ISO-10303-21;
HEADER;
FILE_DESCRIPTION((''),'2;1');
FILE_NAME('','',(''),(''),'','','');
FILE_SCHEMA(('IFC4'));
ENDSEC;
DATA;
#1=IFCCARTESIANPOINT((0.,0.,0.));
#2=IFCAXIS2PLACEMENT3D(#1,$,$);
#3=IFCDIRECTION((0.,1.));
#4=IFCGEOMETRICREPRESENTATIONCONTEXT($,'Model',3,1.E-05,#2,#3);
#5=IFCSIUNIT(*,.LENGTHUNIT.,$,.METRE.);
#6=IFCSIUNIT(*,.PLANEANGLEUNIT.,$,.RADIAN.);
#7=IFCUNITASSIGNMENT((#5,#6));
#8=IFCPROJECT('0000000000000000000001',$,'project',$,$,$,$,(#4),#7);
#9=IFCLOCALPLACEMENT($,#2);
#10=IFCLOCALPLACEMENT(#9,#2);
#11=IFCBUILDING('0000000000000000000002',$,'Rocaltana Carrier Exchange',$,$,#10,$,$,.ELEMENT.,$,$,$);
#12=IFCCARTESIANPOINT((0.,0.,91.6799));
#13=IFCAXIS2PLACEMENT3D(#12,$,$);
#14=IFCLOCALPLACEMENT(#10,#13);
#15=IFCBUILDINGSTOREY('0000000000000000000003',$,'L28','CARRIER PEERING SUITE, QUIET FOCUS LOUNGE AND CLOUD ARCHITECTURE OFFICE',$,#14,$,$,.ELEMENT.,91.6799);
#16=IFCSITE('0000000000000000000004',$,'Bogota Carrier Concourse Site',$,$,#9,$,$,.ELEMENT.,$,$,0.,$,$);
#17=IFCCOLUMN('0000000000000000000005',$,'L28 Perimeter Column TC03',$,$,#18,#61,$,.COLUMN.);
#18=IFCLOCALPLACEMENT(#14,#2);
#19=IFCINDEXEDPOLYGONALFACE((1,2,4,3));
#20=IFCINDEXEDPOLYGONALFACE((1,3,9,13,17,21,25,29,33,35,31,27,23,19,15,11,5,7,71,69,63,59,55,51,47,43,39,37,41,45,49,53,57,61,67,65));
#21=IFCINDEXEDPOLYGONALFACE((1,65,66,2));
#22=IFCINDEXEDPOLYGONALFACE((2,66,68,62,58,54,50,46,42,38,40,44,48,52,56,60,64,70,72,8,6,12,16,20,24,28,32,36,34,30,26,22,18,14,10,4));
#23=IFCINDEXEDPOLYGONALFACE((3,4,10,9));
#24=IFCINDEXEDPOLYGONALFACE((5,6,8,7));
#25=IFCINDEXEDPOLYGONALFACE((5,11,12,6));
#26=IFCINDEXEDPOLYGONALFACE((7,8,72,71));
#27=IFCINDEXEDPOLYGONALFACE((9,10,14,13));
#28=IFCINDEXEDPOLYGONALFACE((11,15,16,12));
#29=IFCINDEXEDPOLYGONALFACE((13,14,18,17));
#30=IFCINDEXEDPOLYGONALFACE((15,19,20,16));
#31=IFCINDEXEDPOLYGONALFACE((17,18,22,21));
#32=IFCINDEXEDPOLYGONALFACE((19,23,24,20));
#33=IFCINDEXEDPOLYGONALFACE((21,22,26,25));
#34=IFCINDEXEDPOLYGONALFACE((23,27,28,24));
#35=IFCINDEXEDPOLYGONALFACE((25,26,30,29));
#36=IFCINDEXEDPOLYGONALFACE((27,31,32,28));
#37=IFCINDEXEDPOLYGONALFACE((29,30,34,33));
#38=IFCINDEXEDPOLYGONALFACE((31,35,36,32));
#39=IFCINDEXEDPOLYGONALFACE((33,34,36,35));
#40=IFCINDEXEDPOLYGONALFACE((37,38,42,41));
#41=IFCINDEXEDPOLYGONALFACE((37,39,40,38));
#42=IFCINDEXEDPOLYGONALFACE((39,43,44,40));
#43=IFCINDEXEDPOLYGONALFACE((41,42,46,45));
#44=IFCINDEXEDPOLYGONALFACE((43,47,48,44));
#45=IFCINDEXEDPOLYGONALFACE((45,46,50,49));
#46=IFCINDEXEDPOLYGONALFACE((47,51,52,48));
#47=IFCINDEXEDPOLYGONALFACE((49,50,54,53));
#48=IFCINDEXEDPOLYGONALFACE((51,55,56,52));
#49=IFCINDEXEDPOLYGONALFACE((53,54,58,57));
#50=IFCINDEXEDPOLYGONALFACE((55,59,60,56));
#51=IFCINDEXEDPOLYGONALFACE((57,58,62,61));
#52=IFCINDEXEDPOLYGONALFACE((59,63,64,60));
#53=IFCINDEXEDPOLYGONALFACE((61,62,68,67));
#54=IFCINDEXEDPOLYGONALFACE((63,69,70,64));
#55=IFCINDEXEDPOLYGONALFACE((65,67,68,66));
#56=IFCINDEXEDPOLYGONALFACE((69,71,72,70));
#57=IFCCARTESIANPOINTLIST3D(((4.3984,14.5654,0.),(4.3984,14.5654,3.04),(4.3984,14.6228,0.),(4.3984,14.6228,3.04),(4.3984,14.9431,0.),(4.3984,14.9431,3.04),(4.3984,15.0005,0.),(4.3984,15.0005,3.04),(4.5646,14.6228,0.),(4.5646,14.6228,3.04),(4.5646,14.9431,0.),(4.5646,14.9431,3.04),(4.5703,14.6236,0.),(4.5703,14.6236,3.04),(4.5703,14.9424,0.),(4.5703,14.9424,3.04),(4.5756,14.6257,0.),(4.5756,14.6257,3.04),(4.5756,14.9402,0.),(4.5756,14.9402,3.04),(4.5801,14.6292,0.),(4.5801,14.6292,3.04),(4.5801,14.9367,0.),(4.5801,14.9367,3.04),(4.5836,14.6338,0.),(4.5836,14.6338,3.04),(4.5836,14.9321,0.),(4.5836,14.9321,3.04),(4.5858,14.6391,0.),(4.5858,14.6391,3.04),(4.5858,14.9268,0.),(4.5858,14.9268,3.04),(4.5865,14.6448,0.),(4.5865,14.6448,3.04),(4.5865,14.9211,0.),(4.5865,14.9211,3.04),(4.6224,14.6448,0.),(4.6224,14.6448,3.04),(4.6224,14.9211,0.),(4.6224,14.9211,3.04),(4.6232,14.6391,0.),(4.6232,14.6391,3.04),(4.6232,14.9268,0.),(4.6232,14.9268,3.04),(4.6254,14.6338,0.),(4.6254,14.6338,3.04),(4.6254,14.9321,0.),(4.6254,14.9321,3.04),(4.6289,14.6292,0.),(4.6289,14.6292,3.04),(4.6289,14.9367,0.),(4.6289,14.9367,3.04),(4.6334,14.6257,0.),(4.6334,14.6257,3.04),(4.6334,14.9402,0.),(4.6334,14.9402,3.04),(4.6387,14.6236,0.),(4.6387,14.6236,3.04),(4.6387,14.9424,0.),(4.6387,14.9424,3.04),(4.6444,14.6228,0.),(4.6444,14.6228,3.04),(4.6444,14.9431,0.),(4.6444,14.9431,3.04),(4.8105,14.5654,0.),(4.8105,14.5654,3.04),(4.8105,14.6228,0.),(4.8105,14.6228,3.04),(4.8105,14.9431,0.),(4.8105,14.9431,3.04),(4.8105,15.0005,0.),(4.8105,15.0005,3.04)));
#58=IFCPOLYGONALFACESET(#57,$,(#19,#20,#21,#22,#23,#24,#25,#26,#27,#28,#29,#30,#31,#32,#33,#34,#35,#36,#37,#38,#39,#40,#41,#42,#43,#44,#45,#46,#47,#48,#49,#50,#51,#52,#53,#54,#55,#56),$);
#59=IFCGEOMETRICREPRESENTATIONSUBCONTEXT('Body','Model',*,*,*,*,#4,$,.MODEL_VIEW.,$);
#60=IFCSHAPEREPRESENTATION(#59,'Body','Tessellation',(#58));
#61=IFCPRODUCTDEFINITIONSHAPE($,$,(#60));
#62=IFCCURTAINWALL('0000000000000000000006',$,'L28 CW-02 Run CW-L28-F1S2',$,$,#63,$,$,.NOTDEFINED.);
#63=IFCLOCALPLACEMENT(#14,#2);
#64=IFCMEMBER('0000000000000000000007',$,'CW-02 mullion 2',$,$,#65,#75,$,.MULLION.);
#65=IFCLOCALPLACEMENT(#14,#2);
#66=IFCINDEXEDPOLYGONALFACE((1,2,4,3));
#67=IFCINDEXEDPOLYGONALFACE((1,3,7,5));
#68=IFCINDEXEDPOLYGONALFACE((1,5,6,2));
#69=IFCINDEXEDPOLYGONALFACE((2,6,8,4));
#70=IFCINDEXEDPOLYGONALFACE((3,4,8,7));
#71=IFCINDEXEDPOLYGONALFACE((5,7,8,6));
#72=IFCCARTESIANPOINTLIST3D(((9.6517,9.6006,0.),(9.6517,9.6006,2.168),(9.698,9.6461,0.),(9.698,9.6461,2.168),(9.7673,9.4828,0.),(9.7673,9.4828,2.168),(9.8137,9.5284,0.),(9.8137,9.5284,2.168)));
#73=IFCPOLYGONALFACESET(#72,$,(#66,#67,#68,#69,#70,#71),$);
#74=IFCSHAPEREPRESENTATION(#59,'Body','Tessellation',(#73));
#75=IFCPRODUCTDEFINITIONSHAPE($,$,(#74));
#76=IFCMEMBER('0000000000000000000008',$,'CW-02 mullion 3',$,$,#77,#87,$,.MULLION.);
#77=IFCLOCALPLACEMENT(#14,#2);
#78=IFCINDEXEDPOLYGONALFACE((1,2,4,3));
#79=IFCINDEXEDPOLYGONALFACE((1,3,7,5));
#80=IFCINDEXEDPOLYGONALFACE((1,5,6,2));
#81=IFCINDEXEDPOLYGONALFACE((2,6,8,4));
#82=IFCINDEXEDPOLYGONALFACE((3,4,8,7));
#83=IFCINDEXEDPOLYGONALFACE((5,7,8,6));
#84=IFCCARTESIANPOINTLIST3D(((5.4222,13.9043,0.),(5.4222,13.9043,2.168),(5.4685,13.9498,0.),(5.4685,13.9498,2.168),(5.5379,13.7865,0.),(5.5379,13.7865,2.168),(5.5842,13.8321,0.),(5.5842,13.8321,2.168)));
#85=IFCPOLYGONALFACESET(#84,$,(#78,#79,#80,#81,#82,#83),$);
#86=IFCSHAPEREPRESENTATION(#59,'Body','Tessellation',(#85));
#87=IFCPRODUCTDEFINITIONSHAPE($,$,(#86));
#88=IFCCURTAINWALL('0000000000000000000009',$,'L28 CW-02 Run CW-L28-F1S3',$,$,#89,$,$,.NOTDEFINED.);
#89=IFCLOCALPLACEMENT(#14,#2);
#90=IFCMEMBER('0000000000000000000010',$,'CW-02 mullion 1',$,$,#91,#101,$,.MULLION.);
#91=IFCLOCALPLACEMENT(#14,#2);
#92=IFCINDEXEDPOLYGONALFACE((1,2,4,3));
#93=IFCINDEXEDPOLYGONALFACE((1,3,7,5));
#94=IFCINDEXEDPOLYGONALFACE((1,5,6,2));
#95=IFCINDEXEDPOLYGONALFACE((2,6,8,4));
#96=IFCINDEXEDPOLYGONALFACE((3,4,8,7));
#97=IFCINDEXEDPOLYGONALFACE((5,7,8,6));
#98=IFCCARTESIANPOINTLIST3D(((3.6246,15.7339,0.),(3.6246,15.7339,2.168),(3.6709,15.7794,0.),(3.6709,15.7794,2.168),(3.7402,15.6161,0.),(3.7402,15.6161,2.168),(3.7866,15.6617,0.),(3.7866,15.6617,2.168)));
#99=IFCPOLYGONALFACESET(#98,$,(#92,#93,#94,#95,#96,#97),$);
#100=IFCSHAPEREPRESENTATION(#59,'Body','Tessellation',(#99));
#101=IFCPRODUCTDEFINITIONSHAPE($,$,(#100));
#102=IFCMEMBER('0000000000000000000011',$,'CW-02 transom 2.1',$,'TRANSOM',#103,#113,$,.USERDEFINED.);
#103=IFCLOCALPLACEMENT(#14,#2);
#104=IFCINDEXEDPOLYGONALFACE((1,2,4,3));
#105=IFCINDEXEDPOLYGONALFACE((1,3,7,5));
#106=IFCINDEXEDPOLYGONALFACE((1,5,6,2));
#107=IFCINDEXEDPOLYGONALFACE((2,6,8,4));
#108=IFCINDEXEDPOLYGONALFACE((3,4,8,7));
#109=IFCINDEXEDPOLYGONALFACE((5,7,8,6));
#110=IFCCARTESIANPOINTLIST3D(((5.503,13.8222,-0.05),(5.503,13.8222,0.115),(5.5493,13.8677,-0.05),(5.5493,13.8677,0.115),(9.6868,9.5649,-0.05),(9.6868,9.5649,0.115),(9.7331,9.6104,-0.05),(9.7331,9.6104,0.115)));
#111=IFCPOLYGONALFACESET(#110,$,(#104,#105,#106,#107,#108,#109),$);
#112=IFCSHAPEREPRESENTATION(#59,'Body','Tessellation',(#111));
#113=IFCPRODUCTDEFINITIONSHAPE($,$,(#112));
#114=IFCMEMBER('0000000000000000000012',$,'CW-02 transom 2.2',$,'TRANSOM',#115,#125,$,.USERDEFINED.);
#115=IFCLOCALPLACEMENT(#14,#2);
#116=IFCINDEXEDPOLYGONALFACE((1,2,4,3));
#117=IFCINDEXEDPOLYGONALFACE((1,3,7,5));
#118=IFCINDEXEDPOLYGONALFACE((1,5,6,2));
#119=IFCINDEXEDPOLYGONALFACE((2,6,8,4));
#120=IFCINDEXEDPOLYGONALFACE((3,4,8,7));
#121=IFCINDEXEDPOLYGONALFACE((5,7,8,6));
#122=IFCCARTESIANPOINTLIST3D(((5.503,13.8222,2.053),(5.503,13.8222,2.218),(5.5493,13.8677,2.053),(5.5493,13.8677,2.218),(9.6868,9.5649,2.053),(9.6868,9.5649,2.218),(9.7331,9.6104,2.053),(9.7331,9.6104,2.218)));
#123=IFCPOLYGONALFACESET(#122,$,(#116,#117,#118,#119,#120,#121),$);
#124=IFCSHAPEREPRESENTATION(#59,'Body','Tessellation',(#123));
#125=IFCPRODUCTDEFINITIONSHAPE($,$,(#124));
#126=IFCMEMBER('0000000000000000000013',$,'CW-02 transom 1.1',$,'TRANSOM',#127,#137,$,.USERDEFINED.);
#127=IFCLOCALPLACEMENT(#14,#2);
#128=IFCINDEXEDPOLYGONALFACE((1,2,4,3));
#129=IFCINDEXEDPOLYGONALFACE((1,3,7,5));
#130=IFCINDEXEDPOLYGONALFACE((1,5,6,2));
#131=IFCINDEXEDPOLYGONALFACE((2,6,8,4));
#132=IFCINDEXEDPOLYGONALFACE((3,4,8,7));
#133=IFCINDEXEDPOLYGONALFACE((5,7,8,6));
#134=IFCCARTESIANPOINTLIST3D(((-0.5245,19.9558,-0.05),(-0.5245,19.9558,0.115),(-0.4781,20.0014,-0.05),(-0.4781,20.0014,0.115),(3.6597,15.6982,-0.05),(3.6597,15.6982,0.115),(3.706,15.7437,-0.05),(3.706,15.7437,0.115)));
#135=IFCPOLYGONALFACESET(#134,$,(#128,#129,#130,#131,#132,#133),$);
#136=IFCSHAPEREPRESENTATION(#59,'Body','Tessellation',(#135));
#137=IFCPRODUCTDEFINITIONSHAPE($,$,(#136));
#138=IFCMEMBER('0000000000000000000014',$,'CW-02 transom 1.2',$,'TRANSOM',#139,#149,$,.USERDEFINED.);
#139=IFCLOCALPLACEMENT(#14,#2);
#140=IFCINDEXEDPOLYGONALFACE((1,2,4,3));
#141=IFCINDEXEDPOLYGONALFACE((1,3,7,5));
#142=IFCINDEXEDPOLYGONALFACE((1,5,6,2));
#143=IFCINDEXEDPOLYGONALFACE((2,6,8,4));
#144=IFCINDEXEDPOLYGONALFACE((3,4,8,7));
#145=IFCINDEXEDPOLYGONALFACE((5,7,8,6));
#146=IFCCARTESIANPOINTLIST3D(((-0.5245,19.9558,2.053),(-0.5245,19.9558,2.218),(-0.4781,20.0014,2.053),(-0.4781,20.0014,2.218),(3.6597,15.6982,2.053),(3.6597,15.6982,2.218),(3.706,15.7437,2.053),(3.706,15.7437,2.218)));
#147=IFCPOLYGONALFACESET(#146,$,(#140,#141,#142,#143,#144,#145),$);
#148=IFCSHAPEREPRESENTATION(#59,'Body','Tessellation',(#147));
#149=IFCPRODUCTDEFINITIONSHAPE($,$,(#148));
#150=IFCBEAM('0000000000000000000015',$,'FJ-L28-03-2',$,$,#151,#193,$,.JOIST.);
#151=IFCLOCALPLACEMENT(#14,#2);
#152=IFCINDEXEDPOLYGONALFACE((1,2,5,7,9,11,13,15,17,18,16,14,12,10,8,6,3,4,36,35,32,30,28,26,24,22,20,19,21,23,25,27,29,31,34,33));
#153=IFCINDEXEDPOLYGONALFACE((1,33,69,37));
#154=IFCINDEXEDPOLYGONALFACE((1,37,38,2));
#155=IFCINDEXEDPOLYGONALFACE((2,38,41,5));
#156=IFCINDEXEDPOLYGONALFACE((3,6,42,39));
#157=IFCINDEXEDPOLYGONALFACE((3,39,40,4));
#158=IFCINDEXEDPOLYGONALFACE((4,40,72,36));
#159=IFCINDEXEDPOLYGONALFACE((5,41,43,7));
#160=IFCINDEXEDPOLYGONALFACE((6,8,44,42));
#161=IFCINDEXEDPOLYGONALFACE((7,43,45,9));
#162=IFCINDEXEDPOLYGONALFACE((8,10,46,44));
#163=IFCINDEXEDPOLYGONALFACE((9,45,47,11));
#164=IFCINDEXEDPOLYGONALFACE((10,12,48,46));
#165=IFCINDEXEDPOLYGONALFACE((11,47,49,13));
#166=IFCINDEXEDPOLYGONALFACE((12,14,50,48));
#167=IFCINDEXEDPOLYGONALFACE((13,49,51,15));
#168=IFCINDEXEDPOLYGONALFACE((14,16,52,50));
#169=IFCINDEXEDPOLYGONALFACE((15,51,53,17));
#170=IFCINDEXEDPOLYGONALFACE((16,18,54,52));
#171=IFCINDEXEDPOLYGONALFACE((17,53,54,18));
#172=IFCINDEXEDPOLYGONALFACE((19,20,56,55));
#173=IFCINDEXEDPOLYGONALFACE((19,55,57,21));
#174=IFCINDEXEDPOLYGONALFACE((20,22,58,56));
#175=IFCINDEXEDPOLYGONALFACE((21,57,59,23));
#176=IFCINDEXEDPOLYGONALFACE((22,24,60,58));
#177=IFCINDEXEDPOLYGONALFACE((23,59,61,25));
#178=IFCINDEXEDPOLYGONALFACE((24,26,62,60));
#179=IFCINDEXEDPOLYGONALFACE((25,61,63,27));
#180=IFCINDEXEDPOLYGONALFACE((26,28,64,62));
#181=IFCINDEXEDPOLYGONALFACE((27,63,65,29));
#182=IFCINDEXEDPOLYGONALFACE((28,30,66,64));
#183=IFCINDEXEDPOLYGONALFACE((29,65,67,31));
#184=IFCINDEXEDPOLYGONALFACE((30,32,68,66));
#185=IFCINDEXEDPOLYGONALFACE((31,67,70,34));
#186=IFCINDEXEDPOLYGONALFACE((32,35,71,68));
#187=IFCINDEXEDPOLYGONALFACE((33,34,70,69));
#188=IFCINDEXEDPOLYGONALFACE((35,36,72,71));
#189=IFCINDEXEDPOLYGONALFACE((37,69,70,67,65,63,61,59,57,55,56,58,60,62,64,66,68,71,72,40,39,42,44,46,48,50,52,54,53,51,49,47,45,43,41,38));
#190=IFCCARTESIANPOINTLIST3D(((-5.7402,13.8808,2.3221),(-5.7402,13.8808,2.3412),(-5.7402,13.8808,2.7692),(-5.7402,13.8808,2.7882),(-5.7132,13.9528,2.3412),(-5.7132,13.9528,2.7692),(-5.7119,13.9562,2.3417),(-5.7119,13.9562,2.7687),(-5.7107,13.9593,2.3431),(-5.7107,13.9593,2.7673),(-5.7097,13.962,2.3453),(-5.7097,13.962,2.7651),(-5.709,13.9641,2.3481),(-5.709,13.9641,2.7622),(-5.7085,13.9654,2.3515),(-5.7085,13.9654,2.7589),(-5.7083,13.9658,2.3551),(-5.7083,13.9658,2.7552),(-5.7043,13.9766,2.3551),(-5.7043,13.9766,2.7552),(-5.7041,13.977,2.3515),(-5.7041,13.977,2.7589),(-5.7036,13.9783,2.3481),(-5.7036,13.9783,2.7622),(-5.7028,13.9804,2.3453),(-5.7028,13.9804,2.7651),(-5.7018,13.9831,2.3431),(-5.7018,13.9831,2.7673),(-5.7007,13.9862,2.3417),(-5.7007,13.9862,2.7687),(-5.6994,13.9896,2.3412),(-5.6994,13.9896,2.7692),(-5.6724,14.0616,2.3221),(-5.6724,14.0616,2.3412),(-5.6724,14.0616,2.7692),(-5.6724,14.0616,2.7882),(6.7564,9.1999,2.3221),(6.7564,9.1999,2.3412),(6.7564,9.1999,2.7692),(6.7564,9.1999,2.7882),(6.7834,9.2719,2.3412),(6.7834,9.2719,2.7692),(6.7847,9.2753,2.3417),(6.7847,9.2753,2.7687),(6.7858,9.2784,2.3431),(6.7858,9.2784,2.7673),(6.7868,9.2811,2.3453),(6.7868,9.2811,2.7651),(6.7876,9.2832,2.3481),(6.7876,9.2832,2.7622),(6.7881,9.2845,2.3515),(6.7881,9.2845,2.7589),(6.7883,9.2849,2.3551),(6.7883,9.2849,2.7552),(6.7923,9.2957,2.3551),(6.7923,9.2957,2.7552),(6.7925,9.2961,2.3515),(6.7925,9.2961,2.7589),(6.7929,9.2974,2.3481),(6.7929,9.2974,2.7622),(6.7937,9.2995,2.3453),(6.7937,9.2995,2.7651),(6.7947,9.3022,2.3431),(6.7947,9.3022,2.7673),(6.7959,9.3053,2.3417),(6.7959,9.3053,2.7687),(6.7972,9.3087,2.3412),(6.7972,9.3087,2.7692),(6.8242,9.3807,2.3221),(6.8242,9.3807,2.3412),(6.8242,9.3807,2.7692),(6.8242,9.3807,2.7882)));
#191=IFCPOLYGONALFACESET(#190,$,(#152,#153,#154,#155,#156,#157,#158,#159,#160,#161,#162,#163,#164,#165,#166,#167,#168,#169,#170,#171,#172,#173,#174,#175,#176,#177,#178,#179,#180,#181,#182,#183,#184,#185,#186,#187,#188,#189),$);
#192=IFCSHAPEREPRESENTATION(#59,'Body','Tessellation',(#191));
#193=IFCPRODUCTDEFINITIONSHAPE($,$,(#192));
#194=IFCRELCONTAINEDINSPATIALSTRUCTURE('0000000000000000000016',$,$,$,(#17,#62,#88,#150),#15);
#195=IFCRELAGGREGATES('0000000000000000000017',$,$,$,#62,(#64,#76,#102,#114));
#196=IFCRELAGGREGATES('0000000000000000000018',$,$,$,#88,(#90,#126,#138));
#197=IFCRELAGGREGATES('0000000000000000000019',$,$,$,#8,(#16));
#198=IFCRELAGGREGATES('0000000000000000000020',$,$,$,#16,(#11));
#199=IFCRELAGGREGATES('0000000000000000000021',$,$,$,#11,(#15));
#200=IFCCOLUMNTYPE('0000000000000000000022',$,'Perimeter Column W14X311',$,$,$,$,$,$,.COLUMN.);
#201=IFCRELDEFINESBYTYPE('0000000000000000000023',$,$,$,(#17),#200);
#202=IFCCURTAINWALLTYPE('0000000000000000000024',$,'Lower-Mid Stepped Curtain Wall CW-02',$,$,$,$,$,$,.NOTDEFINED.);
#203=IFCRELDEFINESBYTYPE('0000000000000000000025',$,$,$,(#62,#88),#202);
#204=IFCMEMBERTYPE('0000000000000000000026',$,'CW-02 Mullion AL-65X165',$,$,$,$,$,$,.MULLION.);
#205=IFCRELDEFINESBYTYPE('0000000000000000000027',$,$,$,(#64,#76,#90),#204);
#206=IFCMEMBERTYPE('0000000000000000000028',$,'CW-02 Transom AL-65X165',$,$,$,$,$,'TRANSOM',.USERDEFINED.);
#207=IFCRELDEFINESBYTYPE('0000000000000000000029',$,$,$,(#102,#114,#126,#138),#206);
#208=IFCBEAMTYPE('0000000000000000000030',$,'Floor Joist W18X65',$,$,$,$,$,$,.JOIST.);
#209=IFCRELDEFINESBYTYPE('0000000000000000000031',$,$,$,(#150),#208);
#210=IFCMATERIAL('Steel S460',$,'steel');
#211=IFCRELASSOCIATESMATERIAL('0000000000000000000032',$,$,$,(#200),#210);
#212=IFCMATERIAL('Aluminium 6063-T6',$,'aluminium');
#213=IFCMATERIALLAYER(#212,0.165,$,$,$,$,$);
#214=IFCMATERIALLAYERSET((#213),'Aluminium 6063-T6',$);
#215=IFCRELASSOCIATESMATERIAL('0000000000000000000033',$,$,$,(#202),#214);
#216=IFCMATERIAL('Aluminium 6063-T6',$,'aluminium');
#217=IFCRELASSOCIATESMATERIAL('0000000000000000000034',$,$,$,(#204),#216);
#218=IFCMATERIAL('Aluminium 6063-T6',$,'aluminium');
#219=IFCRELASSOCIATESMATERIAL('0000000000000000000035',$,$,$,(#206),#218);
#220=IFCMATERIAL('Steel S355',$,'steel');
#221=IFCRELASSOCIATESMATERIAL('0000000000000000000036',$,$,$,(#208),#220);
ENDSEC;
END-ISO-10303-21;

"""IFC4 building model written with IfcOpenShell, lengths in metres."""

from ifc_helpers import new_model, si_unit, direction, frame, origin, origin_2d, place, context, subcontext, project, spatial, rectangle, i_section, extrude, material, layer, layer_set, material_profile, profile_set, type_object, element, aggregate, save


model = new_model("IFC4")

# Units and contexts
model_context = context("Model", 3, precision=1e-05, world=origin(), true_north=direction((0.0, 1.0)))
body_context = subcontext(model_context, "Body", "Model", "MODEL_VIEW")
ifc_project = project(units=[si_unit("LENGTHUNIT", "METRE"), si_unit("PLANEANGLEUNIT", "RADIAN")], contexts=[model_context])

# Site, building, storey
site_placement = place(None, origin())
site = spatial("IfcSite", under=ifc_project, at=site_placement, Name="Bogota Carrier Concourse Site", CompositionType="ELEMENT", RefElevation=0.0)
building_placement = place(site_placement, origin())
building = spatial("IfcBuilding", under=site, at=building_placement, Name="Rocaltana Carrier Exchange", CompositionType="ELEMENT")
storey_placement = place(building_placement, frame((0.0, 0.0, 91.6799)))
storey = spatial("IfcBuildingStorey", under=building, at=storey_placement, Name="L28", Description="CARRIER PEERING SUITE, QUIET FOCUS LOUNGE AND CLOUD ARCHITECTURE OFFICE", CompositionType="ELEMENT", Elevation=91.6799)

# Column
ifc_material_1 = material(Name="Steel S460", Category="steel")
ifc_material_profile_1 = material_profile(ifc_material_1, i_section(OverallWidth=0.4121, OverallDepth=0.4351, WebThickness=0.0359, FlangeThickness=0.0574, FilletRadius=0.022, at=origin_2d()), Name="W14X311")
ifc_profile_set_1 = profile_set([ifc_material_profile_1], Name="Steel S460")
column_type = type_object("IfcColumnType", Name="Perimeter Column W14X311", PredefinedType="COLUMN", material=ifc_profile_set_1)
column_placement = place(storey_placement, frame((4.6045, 14.783, 0.0), z_axis=(0.0, 0.0, 1.0), x_axis=(1.0, 0.0, 0.0)))
element("IfcColumn", 1, at=column_placement, inside=storey, type_object=column_type, Name="L28 Perimeter Column TC03", PredefinedType="COLUMN", context=body_context, shape_type="SweptSolid", body=[
    extrude(i_section(OverallWidth=0.4121, OverallDepth=0.4351, WebThickness=0.0359, FlangeThickness=0.0574, FilletRadius=0.022, at=origin_2d()), origin(), (0.0, 0.0, 1.0), 3.04),
])

# Curtain wall, members
ifc_material_2 = material(Name="Aluminium 6063-T6", Category="aluminium")
ifc_layer_1 = layer(ifc_material_2, 0.165)
ifc_layer_set_1 = layer_set([ifc_layer_1], Name="Aluminium 6063-T6")
curtain_wall_type = type_object("IfcCurtainWallType", Name="Lower-Mid Stepped Curtain Wall CW-02", PredefinedType="NOTDEFINED", material=ifc_layer_set_1)
curtain_wall_1_placement = place(storey_placement, origin())
curtain_wall_1 = element("IfcCurtainWall", 2, at=curtain_wall_1_placement, inside=storey, type_object=curtain_wall_type, Name="L28 CW-02 Run CW-L28-F1S2", PredefinedType="NOTDEFINED")
ifc_material_3 = material(Name="Aluminium 6063-T6", Category="aluminium")
ifc_material_profile_2 = material_profile(ifc_material_3, rectangle(XDim=0.0649, YDim=0.165, at=origin_2d()), Name="AL-65X165")
ifc_profile_set_2 = profile_set([ifc_material_profile_2], Name="Aluminium 6063-T6")
member_type_1 = type_object("IfcMemberType", Name="CW-02 Mullion AL-65X165", PredefinedType="MULLION", material=ifc_profile_set_2)
member_1_placement = place(storey_placement, frame((9.7327, 9.5645, 0.0), z_axis=(0.0, 0.0, 1.0), x_axis=(-0.713245, -0.700915, 0.0)))
member_1 = element("IfcMember", 3, at=member_1_placement, type_object=member_type_1, Name="CW-02 mullion 2", PredefinedType="MULLION", context=body_context, shape_type="SweptSolid", body=[
    extrude(rectangle(XDim=0.0649, YDim=0.165, at=origin_2d()), origin(), (0.0, 0.0, 1.0), 2.168),
])
member_2_placement = place(storey_placement, frame((5.5032, 13.8682, 0.0), z_axis=(0.0, 0.0, 1.0), x_axis=(-0.713245, -0.700915, 0.0)))
member_2 = element("IfcMember", 4, at=member_2_placement, type_object=member_type_1, Name="CW-02 mullion 3", PredefinedType="MULLION", context=body_context, shape_type="SweptSolid", body=[
    extrude(rectangle(XDim=0.0649, YDim=0.165, at=origin_2d()), origin(), (0.0, 0.0, 1.0), 2.168),
])

# Curtain wall, member
curtain_wall_2_placement = place(storey_placement, origin())
curtain_wall_2 = element("IfcCurtainWall", 5, at=curtain_wall_2_placement, inside=storey, type_object=curtain_wall_type, Name="L28 CW-02 Run CW-L28-F1S3", PredefinedType="NOTDEFINED")
member_3_placement = place(storey_placement, frame((3.7056, 15.6978, 0.0), z_axis=(0.0, 0.0, 1.0), x_axis=(-0.713245, -0.700915, 0.0)))
member_3 = element("IfcMember", 6, at=member_3_placement, type_object=member_type_1, Name="CW-02 mullion 1", PredefinedType="MULLION", context=body_context, shape_type="SweptSolid", body=[
    extrude(rectangle(XDim=0.0649, YDim=0.165, at=origin_2d()), origin(), (0.0, 0.0, 1.0), 2.168),
])

# Members
ifc_material_4 = material(Name="Aluminium 6063-T6", Category="aluminium")
ifc_material_profile_3 = material_profile(ifc_material_4, rectangle(XDim=0.0649, YDim=0.165, at=origin_2d()), Name="AL-65X165")
ifc_profile_set_3 = profile_set([ifc_material_profile_3], Name="Aluminium 6063-T6")
member_type_2 = type_object("IfcMemberType", Name="CW-02 Transom AL-65X165", ElementType="TRANSOM", PredefinedType="USERDEFINED", material=ifc_profile_set_3)
member_4_placement = place(storey_placement, frame((9.71, 9.5876, 0.0325), z_axis=(-0.700924, 0.713236, 0.0), x_axis=(-0.713236, -0.700924, 0.0)))
member_4 = element("IfcMember", 7, at=member_4_placement, type_object=member_type_2, Name="CW-02 transom 2.1", ObjectType="TRANSOM", PredefinedType="USERDEFINED", context=body_context, shape_type="SweptSolid", body=[
    extrude(rectangle(XDim=0.0649, YDim=0.165, at=origin_2d()), origin(), (0.0, 0.0, 1.0), 5.969),
])
member_5_placement = place(storey_placement, frame((9.71, 9.5876, 2.1355), z_axis=(-0.700924, 0.713236, 0.0), x_axis=(-0.713236, -0.700924, 0.0)))
member_5 = element("IfcMember", 8, at=member_5_placement, type_object=member_type_2, Name="CW-02 transom 2.2", ObjectType="TRANSOM", PredefinedType="USERDEFINED", context=body_context, shape_type="SweptSolid", body=[
    extrude(rectangle(XDim=0.0649, YDim=0.165, at=origin_2d()), origin(), (0.0, 0.0, 1.0), 5.969),
])
member_6_placement = place(storey_placement, frame((3.6829, 15.7209, 0.0325), z_axis=(-0.700925, 0.713235, 0.0), x_axis=(-0.713235, -0.700925, 0.0)))
member_6 = element("IfcMember", 9, at=member_6_placement, type_object=member_type_2, Name="CW-02 transom 1.1", ObjectType="TRANSOM", PredefinedType="USERDEFINED", context=body_context, shape_type="SweptSolid", body=[
    extrude(rectangle(XDim=0.0649, YDim=0.165, at=origin_2d()), origin(), (0.0, 0.0, 1.0), 5.9695),
])
member_7_placement = place(storey_placement, frame((3.6829, 15.7209, 2.1355), z_axis=(-0.700925, 0.713235, 0.0), x_axis=(-0.713235, -0.700925, 0.0)))
member_7 = element("IfcMember", 10, at=member_7_placement, type_object=member_type_2, Name="CW-02 transom 1.2", ObjectType="TRANSOM", PredefinedType="USERDEFINED", context=body_context, shape_type="SweptSolid", body=[
    extrude(rectangle(XDim=0.0649, YDim=0.165, at=origin_2d()), origin(), (0.0, 0.0, 1.0), 5.9695),
])

# Beam
ifc_material_5 = material(Name="Steel S355", Category="steel")
ifc_material_profile_4 = material_profile(ifc_material_5, i_section(OverallWidth=0.1931, OverallDepth=0.4661, WebThickness=0.0115, FlangeThickness=0.019, FilletRadius=0.0139, at=origin_2d()), Name="W18X65")
ifc_profile_set_4 = profile_set([ifc_material_profile_4], Name="Steel S355")
beam_type_1 = type_object("IfcBeamType", Name="Floor Joist W18X65", PredefinedType="JOIST", material=ifc_profile_set_4)
beam_1_placement = place(storey_placement, frame((6.7903, 9.2903, 2.5552), z_axis=(-0.93646, 0.350775, 0.0), x_axis=(-0.350775, -0.93646, 0.0)))
element("IfcBeam", 11, at=beam_1_placement, inside=storey, type_object=beam_type_1, Name="FJ-L28-03-2", PredefinedType="JOIST", context=body_context, shape_type="SweptSolid", body=[
    extrude(i_section(OverallWidth=0.1931, OverallDepth=0.4661, WebThickness=0.0115, FlangeThickness=0.019, FilletRadius=0.0139, at=origin_2d()), origin(), (0.0, 0.0, 1.0), 13.3445),
])

aggregate(curtain_wall_1, [member_1, member_2, member_4, member_5])
aggregate(curtain_wall_2, [member_3, member_6, member_7])

save(model, "model.ifc")
